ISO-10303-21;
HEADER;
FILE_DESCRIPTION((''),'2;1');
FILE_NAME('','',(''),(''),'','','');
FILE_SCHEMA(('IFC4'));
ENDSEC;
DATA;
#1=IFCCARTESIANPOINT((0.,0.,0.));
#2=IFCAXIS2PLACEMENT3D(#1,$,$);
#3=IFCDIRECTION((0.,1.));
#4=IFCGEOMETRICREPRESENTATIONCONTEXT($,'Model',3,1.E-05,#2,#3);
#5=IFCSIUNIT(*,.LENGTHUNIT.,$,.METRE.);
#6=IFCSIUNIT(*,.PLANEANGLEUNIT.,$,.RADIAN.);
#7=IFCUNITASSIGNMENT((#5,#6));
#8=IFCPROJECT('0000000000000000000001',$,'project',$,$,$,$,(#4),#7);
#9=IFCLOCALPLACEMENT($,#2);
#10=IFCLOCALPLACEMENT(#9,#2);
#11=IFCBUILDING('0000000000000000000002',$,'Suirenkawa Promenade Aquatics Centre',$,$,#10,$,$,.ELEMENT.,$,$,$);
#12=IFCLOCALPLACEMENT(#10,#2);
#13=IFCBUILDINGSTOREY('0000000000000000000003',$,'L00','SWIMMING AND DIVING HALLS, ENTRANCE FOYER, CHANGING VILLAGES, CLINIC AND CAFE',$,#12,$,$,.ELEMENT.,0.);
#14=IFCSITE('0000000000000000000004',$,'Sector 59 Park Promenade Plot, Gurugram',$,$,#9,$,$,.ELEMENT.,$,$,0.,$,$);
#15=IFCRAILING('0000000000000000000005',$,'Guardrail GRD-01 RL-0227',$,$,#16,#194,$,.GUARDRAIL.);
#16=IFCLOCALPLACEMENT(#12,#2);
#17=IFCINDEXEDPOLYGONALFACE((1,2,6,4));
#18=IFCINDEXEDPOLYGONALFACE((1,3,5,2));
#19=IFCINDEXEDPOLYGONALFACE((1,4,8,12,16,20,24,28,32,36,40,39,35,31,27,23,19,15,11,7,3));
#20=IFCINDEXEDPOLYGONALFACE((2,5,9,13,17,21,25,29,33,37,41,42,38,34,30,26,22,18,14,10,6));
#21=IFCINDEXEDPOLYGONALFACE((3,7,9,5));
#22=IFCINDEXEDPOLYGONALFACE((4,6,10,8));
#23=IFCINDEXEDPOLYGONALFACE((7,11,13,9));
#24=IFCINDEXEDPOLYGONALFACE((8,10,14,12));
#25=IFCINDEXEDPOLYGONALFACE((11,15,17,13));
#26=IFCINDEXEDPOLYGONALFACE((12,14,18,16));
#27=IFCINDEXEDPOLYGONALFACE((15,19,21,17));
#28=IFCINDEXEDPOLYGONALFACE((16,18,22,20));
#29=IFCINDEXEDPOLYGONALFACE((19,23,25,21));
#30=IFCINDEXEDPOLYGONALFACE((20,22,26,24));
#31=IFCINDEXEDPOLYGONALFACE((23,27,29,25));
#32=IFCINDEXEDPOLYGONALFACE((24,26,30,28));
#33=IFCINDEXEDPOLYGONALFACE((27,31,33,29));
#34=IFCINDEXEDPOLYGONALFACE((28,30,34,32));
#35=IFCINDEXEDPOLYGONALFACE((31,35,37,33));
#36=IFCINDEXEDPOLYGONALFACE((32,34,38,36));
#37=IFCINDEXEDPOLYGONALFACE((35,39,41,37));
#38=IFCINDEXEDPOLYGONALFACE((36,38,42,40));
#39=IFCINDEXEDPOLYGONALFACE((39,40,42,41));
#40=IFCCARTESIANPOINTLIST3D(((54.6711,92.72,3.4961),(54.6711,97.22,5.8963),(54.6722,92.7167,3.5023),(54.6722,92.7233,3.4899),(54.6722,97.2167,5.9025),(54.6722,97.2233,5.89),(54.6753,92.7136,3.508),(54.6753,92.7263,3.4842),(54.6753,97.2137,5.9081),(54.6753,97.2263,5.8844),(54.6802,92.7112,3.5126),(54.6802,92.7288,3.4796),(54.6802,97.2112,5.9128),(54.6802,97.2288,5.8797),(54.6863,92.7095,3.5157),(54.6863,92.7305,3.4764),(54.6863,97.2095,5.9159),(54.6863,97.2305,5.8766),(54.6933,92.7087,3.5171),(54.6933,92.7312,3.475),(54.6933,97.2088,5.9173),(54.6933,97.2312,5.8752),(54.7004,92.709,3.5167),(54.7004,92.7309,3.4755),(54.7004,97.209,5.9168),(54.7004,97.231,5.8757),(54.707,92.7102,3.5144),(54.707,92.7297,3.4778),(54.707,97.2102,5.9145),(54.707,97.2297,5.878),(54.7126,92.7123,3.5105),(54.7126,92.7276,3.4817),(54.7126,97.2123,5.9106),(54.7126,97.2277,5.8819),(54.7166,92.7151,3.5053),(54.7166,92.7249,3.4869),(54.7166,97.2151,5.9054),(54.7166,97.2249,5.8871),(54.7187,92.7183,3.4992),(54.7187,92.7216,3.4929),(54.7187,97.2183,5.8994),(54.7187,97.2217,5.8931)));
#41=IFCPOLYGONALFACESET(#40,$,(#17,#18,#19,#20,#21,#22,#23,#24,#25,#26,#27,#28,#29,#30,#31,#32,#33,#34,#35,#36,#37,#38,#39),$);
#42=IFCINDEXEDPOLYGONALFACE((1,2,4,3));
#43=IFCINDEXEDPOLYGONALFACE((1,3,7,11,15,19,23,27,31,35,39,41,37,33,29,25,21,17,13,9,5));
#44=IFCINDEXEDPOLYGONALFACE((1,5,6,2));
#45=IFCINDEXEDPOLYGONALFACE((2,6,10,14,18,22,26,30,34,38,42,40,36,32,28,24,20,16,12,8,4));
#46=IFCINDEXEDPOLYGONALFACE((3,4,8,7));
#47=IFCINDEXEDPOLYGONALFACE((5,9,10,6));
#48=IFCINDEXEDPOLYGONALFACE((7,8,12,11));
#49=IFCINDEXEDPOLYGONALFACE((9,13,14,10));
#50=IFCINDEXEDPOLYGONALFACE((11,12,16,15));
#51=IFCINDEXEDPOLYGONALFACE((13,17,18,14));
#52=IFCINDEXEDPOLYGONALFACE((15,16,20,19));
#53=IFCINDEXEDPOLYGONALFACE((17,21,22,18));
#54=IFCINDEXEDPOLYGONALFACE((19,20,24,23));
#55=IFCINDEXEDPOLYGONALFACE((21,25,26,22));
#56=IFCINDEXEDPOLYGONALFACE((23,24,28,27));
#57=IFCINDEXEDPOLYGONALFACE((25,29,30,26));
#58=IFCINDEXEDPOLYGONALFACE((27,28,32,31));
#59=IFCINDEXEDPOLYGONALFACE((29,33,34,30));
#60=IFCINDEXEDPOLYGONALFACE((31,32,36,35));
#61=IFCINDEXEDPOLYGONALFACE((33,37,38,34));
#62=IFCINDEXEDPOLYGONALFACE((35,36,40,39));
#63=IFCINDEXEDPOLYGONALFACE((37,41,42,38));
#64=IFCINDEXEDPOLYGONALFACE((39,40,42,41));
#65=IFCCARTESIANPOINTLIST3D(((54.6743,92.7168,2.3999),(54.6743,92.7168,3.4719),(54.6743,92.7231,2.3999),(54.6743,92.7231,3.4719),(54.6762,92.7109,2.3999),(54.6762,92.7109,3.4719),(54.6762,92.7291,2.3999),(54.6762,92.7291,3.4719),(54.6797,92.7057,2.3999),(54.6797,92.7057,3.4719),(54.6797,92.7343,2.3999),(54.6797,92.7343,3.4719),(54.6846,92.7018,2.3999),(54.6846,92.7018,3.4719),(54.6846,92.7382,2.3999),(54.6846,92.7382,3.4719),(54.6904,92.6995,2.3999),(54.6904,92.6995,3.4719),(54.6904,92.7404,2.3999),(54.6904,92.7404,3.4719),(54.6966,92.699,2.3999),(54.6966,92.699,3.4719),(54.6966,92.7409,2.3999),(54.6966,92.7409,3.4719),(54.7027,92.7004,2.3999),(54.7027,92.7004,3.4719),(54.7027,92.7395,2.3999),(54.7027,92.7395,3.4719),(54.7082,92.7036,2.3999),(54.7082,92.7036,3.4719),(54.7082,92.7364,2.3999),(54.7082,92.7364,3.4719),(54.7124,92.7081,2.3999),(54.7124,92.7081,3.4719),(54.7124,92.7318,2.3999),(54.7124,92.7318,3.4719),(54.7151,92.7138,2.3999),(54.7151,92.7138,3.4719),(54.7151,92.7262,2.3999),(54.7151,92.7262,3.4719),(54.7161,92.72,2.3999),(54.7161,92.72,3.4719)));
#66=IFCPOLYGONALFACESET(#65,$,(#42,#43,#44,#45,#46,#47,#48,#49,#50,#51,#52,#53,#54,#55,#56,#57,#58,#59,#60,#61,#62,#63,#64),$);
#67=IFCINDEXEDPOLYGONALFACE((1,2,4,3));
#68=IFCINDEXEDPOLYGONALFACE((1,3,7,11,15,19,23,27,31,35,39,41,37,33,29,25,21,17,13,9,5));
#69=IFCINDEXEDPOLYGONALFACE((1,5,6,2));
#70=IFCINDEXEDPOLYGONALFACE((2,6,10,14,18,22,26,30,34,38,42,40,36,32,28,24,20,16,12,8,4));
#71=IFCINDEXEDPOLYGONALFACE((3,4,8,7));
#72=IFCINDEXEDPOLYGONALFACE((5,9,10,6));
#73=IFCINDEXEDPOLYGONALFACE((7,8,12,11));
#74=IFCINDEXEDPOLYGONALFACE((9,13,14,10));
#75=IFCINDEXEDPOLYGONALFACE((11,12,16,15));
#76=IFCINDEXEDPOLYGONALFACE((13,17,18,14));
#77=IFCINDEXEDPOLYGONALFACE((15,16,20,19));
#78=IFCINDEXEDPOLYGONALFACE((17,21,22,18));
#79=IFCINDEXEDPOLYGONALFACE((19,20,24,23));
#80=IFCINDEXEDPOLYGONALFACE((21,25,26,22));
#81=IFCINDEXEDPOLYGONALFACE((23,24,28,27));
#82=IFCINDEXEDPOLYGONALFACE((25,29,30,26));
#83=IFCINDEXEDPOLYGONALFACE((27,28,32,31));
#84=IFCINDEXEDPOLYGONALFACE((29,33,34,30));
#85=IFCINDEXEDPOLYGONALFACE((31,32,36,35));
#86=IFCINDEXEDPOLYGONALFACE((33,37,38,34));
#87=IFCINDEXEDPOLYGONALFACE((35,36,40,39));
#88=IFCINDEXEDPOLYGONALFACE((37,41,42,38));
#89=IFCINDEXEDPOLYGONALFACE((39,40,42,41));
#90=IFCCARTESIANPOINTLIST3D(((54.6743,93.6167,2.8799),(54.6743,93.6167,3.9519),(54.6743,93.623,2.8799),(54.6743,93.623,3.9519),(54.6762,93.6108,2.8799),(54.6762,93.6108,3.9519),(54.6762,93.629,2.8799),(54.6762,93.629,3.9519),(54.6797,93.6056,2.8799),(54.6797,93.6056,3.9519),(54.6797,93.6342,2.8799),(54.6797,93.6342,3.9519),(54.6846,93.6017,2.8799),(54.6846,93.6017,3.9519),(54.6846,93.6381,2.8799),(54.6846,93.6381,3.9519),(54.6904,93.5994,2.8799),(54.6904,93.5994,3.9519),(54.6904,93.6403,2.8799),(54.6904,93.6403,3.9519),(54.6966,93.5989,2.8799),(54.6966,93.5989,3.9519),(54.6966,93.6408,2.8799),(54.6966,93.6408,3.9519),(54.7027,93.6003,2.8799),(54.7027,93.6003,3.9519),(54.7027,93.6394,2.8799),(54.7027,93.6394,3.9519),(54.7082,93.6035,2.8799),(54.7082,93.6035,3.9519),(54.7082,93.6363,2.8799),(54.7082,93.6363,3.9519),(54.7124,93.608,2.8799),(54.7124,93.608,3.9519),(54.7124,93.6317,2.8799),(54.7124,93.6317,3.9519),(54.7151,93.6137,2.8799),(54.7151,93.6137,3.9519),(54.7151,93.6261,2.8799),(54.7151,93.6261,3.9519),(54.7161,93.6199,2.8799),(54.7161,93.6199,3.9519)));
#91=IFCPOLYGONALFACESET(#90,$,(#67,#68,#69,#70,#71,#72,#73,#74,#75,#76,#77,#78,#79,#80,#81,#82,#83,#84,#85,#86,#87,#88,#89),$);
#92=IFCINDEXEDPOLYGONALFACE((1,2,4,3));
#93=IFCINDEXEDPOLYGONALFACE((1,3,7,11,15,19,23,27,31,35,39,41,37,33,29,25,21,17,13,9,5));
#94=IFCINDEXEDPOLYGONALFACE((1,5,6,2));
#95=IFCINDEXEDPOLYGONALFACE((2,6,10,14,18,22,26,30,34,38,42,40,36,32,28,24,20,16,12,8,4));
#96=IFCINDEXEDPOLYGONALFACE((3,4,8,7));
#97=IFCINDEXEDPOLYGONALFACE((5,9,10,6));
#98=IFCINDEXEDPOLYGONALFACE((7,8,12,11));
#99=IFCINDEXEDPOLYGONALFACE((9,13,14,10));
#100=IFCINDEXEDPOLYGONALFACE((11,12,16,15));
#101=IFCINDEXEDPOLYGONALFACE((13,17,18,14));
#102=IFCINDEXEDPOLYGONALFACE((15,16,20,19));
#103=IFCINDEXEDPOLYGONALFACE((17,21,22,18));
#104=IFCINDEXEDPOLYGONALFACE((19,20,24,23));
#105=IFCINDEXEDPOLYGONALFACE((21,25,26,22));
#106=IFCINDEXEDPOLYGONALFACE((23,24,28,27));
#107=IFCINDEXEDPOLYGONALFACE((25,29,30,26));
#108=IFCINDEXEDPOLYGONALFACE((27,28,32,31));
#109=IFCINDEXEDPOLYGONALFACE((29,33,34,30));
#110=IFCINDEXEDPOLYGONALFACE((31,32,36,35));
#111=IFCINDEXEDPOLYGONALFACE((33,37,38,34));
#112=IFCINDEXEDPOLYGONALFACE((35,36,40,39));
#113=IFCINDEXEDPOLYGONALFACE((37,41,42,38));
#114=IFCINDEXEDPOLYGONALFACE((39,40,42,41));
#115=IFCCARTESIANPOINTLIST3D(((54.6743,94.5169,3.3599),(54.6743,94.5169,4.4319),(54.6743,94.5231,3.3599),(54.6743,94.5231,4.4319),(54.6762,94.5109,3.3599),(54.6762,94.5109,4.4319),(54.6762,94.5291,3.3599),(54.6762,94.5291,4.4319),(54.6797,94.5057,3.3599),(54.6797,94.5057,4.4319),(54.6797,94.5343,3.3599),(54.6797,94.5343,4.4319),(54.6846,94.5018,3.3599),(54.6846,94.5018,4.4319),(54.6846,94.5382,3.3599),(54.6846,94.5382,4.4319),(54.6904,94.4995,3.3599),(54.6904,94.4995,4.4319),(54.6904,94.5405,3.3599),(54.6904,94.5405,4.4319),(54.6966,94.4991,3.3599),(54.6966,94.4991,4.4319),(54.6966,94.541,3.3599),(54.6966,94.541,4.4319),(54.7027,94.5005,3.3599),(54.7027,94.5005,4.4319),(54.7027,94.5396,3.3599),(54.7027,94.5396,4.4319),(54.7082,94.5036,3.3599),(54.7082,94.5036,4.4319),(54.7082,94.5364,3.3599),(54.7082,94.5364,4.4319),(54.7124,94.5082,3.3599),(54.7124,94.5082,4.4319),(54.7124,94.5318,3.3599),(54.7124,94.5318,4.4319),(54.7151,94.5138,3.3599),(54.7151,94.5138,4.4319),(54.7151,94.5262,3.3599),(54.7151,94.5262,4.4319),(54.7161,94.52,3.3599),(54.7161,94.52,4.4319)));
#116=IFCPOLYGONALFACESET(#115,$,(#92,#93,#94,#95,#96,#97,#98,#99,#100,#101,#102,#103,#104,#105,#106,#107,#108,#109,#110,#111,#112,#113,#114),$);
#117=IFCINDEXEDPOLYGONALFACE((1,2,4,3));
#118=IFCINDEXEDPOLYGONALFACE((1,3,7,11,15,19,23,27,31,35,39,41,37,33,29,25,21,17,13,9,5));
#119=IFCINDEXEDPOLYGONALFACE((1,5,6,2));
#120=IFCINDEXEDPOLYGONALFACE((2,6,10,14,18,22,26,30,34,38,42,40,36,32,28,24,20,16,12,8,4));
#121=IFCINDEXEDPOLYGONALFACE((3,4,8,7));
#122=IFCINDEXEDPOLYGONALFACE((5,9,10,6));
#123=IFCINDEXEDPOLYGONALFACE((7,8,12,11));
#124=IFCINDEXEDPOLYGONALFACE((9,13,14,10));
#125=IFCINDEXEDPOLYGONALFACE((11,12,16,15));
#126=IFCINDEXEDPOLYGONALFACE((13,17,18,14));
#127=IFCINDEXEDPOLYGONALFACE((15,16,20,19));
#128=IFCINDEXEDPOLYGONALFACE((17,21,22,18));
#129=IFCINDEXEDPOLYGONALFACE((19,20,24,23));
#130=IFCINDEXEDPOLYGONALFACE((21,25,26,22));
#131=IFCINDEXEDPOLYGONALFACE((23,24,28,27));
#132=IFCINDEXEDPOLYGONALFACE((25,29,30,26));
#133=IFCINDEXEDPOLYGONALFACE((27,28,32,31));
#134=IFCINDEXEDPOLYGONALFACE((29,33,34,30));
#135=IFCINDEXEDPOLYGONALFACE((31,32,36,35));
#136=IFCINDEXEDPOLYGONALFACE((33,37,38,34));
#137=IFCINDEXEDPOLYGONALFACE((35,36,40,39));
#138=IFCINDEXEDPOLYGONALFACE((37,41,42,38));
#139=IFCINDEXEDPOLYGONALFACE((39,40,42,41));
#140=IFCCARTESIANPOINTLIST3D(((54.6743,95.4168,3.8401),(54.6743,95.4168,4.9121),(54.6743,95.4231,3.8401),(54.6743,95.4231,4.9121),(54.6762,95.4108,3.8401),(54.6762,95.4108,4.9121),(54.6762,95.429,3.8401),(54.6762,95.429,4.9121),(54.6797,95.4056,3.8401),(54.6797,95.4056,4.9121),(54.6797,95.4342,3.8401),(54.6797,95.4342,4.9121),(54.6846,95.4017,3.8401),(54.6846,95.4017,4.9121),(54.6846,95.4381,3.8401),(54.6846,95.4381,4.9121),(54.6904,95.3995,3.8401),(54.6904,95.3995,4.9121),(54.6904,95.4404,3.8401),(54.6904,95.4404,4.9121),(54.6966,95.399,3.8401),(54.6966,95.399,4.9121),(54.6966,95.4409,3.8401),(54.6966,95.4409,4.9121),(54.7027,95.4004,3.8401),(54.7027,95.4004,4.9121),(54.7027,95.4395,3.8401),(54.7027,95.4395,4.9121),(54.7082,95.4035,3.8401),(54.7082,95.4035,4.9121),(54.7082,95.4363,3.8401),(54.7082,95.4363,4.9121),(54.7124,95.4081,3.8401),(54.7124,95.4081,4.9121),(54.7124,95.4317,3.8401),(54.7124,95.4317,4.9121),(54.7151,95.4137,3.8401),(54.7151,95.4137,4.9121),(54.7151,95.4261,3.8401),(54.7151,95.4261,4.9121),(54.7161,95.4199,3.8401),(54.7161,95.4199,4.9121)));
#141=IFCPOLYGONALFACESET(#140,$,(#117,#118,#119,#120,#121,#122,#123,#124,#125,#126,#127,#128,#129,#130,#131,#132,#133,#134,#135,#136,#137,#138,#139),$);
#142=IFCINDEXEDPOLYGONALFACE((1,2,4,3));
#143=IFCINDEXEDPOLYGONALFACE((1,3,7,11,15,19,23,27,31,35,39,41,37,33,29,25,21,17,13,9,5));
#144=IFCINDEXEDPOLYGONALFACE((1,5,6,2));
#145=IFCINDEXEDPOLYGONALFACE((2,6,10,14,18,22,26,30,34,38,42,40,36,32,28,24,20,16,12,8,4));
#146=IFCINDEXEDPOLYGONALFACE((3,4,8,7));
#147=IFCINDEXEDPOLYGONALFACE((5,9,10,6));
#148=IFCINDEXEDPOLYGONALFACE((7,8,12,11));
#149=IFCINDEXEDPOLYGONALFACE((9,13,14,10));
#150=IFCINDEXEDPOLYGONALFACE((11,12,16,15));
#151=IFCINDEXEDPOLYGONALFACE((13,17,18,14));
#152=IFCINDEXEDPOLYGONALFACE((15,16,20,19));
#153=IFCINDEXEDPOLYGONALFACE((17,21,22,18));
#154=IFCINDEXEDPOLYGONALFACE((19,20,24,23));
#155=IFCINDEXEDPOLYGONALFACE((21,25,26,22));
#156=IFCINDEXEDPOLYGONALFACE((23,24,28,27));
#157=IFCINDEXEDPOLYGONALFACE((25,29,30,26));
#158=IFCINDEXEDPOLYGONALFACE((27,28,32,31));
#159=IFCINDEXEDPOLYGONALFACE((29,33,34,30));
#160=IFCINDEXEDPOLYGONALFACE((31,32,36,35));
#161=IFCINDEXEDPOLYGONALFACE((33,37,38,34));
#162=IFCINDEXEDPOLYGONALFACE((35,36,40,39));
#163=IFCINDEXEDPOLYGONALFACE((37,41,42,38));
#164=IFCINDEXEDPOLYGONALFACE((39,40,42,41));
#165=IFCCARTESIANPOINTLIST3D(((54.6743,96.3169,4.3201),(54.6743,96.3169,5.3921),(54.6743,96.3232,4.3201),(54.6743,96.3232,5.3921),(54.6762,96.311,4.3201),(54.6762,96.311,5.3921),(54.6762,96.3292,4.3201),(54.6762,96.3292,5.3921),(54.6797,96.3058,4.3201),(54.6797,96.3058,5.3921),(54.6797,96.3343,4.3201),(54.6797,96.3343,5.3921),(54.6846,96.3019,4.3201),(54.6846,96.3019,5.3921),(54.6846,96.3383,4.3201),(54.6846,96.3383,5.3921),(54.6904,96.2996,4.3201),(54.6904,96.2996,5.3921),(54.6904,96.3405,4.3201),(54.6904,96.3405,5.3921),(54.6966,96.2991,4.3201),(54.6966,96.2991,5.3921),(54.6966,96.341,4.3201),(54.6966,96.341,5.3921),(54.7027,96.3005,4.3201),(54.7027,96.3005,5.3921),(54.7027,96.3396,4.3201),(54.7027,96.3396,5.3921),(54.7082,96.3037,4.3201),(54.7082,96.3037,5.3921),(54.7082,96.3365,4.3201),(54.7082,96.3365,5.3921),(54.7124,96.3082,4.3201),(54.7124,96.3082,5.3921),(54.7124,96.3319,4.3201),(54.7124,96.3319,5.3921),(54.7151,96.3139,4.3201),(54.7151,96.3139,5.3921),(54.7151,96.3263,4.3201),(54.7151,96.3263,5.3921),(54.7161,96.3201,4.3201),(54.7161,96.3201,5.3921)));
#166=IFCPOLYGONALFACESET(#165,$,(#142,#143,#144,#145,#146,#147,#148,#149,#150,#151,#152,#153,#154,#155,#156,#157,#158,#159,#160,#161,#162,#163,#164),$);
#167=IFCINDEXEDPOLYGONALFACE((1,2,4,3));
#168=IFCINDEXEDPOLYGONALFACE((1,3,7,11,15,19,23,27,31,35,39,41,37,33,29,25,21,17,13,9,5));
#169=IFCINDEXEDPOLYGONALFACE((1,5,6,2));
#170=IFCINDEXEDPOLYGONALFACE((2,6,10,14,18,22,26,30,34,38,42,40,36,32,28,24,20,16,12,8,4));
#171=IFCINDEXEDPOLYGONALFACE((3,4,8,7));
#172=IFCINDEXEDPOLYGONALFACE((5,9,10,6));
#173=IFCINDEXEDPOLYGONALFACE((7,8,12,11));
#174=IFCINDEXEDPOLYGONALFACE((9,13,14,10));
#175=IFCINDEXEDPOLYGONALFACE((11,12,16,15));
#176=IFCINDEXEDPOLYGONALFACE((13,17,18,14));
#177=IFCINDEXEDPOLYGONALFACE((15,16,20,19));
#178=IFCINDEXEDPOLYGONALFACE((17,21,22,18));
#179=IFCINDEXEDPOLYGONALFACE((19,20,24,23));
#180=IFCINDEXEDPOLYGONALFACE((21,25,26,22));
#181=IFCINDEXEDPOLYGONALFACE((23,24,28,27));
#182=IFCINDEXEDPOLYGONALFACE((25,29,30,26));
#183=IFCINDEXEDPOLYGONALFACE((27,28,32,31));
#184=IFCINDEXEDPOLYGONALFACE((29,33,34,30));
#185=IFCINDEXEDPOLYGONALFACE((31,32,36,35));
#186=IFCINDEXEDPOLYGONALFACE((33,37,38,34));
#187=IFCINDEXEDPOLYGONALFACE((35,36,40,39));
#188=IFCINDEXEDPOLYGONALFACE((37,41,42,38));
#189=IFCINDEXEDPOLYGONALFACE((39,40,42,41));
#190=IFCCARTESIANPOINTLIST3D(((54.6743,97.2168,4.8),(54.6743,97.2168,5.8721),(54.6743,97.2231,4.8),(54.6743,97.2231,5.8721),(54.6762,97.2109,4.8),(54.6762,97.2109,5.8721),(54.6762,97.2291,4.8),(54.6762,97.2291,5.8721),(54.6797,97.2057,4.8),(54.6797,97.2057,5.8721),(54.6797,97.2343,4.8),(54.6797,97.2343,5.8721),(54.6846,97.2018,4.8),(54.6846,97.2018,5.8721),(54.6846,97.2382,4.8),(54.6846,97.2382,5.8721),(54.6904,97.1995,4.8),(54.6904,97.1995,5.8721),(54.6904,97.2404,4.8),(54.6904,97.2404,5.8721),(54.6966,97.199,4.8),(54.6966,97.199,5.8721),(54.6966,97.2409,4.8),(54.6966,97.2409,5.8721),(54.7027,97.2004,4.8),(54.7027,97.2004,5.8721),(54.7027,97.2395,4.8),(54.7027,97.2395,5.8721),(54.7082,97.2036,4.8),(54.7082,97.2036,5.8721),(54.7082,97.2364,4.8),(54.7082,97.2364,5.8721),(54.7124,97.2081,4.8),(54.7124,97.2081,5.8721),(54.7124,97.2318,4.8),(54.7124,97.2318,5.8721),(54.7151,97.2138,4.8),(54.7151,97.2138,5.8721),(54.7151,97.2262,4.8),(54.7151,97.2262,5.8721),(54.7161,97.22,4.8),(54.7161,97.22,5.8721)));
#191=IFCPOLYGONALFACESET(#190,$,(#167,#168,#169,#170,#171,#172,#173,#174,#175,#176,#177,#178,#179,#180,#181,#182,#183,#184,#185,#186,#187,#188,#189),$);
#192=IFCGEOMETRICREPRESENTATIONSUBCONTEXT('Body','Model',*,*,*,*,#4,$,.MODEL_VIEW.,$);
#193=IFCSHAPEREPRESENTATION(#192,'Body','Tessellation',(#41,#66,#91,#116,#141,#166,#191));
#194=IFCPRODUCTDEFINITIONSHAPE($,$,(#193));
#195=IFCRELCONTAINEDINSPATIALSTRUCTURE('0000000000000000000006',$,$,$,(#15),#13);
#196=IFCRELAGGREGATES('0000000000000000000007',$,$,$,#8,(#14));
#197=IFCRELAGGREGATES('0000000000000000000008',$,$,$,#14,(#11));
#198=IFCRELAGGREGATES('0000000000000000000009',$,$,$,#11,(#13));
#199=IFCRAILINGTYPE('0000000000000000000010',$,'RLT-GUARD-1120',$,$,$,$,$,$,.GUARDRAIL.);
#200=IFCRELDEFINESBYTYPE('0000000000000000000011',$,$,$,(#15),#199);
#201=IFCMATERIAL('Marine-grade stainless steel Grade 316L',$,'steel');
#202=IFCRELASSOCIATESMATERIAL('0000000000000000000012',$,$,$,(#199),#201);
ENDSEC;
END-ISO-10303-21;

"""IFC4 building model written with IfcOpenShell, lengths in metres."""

from ifc_helpers import new_model, si_unit, direction, frame, origin, origin_2d, place, context, subcontext, project, spatial, circle, extrude, material, type_object, element, save


model = new_model("IFC4")

# Units and contexts
model_context = context("Model", 3, precision=1e-05, world=origin(), true_north=direction((0.0, 1.0)))
body_context = subcontext(model_context, "Body", "Model", "MODEL_VIEW")
ifc_project = project(units=[si_unit("LENGTHUNIT", "METRE"), si_unit("PLANEANGLEUNIT", "RADIAN")], contexts=[model_context])

# Site, building, storey
site_placement = place(None, origin())
site = spatial("IfcSite", under=ifc_project, at=site_placement, Name="Sector 59 Park Promenade Plot, Gurugram", CompositionType="ELEMENT", RefElevation=0.0)
building_placement = place(site_placement, origin())
building = spatial("IfcBuilding", under=site, at=building_placement, Name="Suirenkawa Promenade Aquatics Centre", CompositionType="ELEMENT")
storey_placement = place(building_placement, origin())
storey = spatial("IfcBuildingStorey", under=building, at=storey_placement, Name="L00", Description="SWIMMING AND DIVING HALLS, ENTRANCE FOYER, CHANGING VILLAGES, CLINIC AND CAFE", CompositionType="ELEMENT", Elevation=0.0)

# Railing
ifc_material_1 = material(Name="Marine-grade stainless steel Grade 316L", Category="steel")
railing_type_1 = type_object("IfcRailingType", Name="RLT-GUARD-1120", PredefinedType="GUARDRAIL", material=ifc_material_1)
for number, where, name in (
    (1, (54.6951, 92.72, 2.3999), "Guardrail GRD-01 RL-0227"),
):
    element("IfcRailing", number, at=place(storey_placement, frame(where)), inside=storey, type_object=railing_type_1, Name=name, PredefinedType="GUARDRAIL", context=body_context, shape_type="SweptSolid", body=[
        extrude(circle(Radius=0.0239, at=origin_2d()), frame((0.0, 0.0, 1.0962), z_axis=(0.0, 0.882341, 0.470611), x_axis=(-1.0, 0.0, 0.0)), (0.0, 0.0, 1.0), 5.1001),
        extrude(circle(Radius=0.021, at=origin_2d()), origin(), (0.0, 0.0, 1.0), 1.072),
        extrude(circle(Radius=0.021, at=origin_2d()), frame((0.0, 0.8999, 0.48)), (0.0, 0.0, 1.0), 1.072),
        extrude(circle(Radius=0.021, at=origin_2d()), frame((0.0, 1.8, 0.96)), (0.0, 0.0, 1.0), 1.072),
        extrude(circle(Radius=0.021, at=origin_2d()), frame((0.0, 2.7, 1.4402)), (0.0, 0.0, 1.0), 1.072),
        extrude(circle(Radius=0.021, at=origin_2d()), frame((0.0, 3.6001, 1.9202)), (0.0, 0.0, 1.0), 1.072),
        extrude(circle(Radius=0.021, at=origin_2d()), frame((0.0, 4.5, 2.4001)), (0.0, 0.0, 1.0), 1.072),
    ])

save(model, "model.ifc")
